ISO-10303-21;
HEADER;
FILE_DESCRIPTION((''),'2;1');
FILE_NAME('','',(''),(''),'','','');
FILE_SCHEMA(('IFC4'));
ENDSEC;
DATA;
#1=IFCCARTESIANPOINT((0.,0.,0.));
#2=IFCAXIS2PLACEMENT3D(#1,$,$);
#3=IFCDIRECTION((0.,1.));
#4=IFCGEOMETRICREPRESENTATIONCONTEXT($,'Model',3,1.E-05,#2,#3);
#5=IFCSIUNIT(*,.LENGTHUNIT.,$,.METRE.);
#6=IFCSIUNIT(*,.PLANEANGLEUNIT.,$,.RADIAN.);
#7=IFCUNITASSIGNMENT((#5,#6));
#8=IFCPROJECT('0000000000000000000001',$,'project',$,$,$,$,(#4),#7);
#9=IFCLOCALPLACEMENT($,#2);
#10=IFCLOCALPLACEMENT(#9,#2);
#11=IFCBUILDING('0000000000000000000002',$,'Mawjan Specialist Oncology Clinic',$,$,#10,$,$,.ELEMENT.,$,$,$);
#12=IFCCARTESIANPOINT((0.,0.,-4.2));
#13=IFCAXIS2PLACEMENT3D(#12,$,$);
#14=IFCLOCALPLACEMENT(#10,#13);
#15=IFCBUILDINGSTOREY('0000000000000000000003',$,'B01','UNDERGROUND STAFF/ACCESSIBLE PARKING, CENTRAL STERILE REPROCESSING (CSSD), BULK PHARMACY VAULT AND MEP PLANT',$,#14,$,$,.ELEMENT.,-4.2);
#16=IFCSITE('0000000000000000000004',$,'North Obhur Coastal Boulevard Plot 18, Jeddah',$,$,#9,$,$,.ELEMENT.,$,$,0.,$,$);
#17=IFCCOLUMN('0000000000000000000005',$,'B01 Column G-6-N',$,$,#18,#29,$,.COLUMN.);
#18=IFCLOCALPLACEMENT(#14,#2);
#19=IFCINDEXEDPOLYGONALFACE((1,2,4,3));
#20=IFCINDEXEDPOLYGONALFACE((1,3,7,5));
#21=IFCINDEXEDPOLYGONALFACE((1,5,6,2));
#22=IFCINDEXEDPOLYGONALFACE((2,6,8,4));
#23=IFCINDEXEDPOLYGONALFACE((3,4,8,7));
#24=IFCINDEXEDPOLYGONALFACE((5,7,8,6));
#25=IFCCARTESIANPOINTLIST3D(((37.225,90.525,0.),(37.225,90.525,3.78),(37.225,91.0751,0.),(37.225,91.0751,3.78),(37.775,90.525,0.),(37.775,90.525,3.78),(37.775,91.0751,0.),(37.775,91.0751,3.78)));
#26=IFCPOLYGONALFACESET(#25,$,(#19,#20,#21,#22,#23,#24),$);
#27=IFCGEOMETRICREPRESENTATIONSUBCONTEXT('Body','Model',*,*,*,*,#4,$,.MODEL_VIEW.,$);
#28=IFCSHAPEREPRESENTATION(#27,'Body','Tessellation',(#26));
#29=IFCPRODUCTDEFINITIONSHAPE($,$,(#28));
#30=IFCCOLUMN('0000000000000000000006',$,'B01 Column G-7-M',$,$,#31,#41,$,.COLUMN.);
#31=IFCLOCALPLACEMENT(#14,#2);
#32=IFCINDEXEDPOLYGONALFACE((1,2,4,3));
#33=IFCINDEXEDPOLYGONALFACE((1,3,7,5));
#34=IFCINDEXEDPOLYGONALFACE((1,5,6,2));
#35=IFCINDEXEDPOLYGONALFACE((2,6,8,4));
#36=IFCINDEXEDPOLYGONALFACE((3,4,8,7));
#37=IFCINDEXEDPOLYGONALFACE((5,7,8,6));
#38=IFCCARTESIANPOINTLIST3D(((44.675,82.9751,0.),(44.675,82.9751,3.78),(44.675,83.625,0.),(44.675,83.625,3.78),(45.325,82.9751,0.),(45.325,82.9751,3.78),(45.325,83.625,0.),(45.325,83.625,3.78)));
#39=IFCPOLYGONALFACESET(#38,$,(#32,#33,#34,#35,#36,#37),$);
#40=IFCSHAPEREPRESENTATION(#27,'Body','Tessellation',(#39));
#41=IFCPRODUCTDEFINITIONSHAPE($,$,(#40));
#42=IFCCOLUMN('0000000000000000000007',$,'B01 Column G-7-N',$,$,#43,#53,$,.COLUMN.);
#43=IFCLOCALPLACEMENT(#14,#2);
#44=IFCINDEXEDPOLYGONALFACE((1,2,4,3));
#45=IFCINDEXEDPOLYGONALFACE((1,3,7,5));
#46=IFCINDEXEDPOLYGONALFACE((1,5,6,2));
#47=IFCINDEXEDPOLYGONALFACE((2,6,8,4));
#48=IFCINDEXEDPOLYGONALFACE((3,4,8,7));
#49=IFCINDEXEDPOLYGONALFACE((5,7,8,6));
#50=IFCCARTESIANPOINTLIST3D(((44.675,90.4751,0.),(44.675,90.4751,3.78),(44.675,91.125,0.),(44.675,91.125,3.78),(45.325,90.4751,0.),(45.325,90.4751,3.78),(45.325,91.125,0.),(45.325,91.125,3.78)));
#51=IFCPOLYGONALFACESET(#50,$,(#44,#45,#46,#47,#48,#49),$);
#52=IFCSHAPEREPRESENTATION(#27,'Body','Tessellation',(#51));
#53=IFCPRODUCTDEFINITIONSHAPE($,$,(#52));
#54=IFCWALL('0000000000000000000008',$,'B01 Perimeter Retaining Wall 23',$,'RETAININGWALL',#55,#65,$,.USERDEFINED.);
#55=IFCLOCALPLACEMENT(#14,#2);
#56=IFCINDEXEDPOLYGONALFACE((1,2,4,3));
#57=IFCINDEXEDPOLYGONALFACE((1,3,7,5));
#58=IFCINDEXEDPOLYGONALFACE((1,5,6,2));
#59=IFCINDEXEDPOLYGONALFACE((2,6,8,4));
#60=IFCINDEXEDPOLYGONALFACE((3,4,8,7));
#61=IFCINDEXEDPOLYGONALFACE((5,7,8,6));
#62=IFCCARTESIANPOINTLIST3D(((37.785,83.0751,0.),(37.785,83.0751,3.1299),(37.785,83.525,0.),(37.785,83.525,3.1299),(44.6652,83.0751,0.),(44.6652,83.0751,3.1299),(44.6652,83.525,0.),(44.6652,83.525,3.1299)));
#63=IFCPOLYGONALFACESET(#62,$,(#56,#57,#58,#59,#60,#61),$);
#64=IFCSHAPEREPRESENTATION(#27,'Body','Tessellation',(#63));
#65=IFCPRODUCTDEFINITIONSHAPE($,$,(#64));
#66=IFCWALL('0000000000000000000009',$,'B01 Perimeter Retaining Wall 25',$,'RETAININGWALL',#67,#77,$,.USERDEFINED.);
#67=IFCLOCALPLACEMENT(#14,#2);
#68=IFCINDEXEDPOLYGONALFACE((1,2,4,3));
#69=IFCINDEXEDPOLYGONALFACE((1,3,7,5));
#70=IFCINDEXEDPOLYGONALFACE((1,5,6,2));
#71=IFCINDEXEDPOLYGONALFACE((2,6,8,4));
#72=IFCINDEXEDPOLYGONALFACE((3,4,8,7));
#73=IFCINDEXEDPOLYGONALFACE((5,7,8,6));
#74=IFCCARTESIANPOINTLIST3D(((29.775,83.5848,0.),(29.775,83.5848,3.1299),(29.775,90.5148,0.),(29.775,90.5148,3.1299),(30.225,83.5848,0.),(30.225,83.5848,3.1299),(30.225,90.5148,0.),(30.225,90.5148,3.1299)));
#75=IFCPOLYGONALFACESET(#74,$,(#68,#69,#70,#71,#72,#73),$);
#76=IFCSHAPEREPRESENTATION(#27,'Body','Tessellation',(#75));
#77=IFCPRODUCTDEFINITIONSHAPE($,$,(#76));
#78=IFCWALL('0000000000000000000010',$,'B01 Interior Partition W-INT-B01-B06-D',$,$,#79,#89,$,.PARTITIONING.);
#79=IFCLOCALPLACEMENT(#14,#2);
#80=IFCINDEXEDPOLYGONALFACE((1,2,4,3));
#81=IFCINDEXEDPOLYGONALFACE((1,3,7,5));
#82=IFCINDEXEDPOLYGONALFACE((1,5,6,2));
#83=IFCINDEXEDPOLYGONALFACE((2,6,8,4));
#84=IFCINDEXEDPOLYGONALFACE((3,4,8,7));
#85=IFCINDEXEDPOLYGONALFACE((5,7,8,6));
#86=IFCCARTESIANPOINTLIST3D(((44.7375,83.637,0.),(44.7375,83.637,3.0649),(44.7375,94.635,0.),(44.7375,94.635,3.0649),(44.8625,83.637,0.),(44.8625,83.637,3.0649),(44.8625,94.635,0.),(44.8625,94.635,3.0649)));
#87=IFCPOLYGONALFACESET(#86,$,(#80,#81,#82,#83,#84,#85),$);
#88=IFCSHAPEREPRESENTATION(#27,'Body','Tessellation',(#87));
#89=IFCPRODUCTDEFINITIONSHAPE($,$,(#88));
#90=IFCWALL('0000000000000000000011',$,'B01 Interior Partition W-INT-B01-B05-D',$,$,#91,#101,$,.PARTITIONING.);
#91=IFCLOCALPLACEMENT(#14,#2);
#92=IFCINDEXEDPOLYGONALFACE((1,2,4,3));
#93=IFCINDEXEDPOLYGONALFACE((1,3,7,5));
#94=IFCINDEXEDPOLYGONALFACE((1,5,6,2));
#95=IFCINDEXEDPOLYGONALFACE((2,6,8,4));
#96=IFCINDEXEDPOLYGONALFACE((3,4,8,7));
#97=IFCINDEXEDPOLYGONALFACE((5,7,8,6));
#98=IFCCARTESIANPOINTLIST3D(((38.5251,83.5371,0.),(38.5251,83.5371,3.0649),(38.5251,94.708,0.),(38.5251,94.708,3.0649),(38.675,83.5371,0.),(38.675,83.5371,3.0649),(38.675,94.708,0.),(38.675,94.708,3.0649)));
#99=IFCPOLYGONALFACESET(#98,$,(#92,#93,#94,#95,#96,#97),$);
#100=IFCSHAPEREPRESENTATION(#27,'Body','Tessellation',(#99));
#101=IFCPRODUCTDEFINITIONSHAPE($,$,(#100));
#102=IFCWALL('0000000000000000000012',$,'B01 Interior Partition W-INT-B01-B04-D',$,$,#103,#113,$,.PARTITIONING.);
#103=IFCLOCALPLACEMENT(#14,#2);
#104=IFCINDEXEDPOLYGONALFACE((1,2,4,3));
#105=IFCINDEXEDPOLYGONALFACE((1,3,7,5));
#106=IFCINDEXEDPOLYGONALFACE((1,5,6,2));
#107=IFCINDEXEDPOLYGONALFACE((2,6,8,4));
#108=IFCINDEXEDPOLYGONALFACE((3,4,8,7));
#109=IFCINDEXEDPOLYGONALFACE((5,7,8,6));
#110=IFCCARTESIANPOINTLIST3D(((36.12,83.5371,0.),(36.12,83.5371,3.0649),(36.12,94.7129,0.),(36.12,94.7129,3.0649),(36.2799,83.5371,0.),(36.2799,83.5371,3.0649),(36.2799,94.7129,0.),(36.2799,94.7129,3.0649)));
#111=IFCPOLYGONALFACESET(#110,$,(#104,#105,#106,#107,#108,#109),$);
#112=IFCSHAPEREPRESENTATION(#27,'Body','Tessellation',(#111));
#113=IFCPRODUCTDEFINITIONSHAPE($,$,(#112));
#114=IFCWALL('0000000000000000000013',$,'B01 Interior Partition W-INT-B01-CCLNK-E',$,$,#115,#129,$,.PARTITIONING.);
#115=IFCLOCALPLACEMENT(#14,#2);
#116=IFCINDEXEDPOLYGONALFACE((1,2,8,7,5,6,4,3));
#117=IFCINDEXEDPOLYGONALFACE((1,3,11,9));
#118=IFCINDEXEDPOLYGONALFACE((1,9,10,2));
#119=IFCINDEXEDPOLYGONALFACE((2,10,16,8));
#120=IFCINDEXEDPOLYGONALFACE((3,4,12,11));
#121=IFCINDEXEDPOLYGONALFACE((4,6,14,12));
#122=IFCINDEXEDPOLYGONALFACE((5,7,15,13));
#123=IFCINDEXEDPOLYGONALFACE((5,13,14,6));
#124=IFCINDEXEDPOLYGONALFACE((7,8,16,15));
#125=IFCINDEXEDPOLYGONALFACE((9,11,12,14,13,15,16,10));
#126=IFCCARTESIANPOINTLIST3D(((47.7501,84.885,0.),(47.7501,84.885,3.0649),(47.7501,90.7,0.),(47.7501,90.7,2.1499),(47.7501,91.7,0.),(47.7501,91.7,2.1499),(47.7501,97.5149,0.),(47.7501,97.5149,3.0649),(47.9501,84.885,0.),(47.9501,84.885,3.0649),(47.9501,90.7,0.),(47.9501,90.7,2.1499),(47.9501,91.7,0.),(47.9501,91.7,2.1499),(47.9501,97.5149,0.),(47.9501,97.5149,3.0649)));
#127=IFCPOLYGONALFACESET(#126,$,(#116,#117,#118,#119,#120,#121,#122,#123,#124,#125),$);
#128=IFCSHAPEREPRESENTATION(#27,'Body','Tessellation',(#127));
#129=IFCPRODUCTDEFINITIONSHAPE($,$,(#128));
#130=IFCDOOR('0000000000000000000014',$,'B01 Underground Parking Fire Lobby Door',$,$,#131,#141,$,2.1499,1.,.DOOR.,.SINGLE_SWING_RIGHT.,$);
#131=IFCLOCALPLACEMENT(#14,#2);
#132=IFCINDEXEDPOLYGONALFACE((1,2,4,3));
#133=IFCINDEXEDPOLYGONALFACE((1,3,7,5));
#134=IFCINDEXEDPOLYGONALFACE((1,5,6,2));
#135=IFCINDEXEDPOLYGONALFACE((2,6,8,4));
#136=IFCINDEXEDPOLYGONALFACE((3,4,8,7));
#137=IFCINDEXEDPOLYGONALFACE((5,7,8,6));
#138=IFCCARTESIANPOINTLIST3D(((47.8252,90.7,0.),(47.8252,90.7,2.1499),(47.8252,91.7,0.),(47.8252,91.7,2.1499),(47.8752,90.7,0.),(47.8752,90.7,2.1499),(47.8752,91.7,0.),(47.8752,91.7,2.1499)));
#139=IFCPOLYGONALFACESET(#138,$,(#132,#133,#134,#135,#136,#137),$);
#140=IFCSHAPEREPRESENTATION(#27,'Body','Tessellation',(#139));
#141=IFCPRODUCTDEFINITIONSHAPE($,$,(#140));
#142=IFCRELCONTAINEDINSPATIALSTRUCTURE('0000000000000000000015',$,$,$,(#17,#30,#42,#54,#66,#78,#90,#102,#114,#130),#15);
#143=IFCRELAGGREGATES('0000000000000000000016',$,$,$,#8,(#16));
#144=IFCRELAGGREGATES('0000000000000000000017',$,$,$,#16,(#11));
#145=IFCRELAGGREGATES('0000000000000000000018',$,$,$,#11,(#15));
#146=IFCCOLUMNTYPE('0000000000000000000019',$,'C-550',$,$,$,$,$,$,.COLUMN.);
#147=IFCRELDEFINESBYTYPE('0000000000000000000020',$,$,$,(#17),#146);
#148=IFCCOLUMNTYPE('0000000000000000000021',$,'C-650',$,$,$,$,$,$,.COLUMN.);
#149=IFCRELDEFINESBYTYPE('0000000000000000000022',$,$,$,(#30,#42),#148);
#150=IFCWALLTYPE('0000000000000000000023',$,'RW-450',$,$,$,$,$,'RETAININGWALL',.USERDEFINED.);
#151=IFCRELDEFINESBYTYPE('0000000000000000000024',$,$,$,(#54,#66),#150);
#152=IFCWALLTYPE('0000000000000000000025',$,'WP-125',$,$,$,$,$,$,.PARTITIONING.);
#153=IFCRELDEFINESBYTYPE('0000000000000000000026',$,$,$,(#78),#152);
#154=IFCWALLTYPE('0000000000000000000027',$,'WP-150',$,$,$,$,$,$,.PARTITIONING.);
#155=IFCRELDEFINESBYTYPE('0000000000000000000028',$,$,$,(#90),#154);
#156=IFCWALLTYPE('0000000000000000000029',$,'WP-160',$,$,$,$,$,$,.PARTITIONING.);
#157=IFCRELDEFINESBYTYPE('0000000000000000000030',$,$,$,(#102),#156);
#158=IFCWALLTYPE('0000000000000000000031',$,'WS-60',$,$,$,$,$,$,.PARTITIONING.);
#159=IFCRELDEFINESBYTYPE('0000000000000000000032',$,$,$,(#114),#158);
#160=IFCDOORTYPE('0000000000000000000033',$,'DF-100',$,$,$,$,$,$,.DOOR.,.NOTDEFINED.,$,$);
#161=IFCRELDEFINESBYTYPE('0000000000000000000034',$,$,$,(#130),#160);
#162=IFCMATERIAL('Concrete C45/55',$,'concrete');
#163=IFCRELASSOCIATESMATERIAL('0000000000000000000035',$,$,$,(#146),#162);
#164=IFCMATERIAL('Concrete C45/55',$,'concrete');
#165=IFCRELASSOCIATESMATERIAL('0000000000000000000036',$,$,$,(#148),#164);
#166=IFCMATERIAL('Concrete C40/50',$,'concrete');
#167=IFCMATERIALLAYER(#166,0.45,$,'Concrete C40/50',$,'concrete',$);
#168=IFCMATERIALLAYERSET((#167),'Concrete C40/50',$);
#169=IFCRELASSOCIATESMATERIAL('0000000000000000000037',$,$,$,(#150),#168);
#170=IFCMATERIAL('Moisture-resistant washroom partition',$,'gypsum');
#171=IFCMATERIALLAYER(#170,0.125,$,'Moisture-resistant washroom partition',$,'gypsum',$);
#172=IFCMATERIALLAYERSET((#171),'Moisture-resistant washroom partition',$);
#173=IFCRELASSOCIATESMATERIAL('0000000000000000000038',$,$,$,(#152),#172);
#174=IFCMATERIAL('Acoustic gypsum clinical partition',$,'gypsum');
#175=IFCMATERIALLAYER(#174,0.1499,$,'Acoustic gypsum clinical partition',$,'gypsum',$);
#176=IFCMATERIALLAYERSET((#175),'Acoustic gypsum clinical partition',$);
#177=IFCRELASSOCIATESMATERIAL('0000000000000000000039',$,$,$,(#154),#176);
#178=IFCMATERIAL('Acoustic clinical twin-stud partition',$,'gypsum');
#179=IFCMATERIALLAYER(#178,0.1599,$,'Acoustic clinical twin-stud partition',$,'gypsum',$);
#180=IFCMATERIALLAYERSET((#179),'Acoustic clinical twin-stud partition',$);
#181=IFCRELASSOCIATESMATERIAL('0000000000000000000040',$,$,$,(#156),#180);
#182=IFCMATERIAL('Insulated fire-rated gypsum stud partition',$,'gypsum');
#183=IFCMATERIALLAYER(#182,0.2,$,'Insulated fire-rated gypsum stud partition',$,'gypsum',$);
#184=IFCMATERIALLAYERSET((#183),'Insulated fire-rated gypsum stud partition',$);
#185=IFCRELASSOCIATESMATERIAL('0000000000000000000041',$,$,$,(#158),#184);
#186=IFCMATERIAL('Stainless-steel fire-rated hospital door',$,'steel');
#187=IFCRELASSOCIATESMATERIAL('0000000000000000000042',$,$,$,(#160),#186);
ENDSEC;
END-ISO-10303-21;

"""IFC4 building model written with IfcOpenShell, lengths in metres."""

from ifc_helpers import new_model, si_unit, direction, frame, frame_2d, origin, origin_2d, place, context, subcontext, project, spatial, rectangle, extrude, material, layer, layer_set, material_profile, profile_set, type_object, element, fill, save


model = new_model("IFC4")

# Units and contexts
model_context = context("Model", 3, precision=1e-05, world=origin(), true_north=direction((0.0, 1.0)))
body_context = subcontext(model_context, "Body", "Model", "MODEL_VIEW")
ifc_project = project(units=[si_unit("LENGTHUNIT", "METRE"), si_unit("PLANEANGLEUNIT", "RADIAN")], contexts=[model_context])

# Site, building, storey
site_placement = place(None, origin())
site = spatial("IfcSite", under=ifc_project, at=site_placement, Name="North Obhur Coastal Boulevard Plot 18, Jeddah", CompositionType="ELEMENT", RefElevation=0.0)
building_placement = place(site_placement, origin())
building = spatial("IfcBuilding", under=site, at=building_placement, Name="Mawjan Specialist Oncology Clinic", CompositionType="ELEMENT")
storey_placement = place(building_placement, frame((0.0, 0.0, -4.2)))
storey = spatial("IfcBuildingStorey", under=building, at=storey_placement, Name="B01", Description="UNDERGROUND STAFF/ACCESSIBLE PARKING, CENTRAL STERILE REPROCESSING (CSSD), BULK PHARMACY VAULT AND MEP PLANT", CompositionType="ELEMENT", Elevation=-4.2)

# Columns
ifc_material_1 = material(Name="Concrete C45/55", Category="concrete")
ifc_material_profile_1 = material_profile(ifc_material_1, rectangle(XDim=0.55, YDim=0.55, at=origin_2d()), Name="RC COL 550x550", Category="concrete")
ifc_profile_set_1 = profile_set([ifc_material_profile_1], Name="Concrete C45/55")
column_type_1 = type_object("IfcColumnType", Name="C-550", PredefinedType="COLUMN", material=ifc_profile_set_1)
for number, where, z_axis, x_axis, name in (
    (1, (37.5, 90.8, 0.0), (0.0, 0.0, 1.0), (1.0, 0.0, 0.0), "B01 Column G-6-N"),
):
    element("IfcColumn", number, at=place(storey_placement, frame(where, z_axis=z_axis, x_axis=x_axis)), inside=storey, type_object=column_type_1, Name=name, PredefinedType="COLUMN", context=body_context, shape_type="SweptSolid", body=[
        extrude(rectangle(XDim=0.55, YDim=0.55, at=origin_2d()), origin(), (0.0, 0.0, 1.0), 3.78),
    ])
ifc_material_2 = material(Name="Concrete C45/55", Category="concrete")
ifc_material_profile_2 = material_profile(ifc_material_2, rectangle(XDim=0.6499, YDim=0.6499, at=origin_2d()), Name="RC COL 650x650", Category="concrete")
ifc_profile_set_2 = profile_set([ifc_material_profile_2], Name="Concrete C45/55")
column_type_2 = type_object("IfcColumnType", Name="C-650", PredefinedType="COLUMN", material=ifc_profile_set_2)
for number, where, z_axis, x_axis, name in (
    (2, (45.0, 83.3, 0.0), (0.0, 0.0, 1.0), (1.0, 0.0, 0.0), "B01 Column G-7-M"),
    (3, (45.0, 90.8, 0.0), (0.0, 0.0, 1.0), (1.0, 0.0, 0.0), "B01 Column G-7-N"),
):
    element("IfcColumn", number, at=place(storey_placement, frame(where, z_axis=z_axis, x_axis=x_axis)), inside=storey, type_object=column_type_2, Name=name, PredefinedType="COLUMN", context=body_context, shape_type="SweptSolid", body=[
        extrude(rectangle(XDim=0.6499, YDim=0.6499, at=origin_2d()), origin(), (0.0, 0.0, 1.0), 3.78),
    ])

# Walls
ifc_material_3 = material(Name="Concrete C40/50", Category="concrete")
ifc_layer_1 = layer(ifc_material_3, 0.45, Name="Concrete C40/50", Category="concrete")
ifc_layer_set_1 = layer_set([ifc_layer_1], Name="Concrete C40/50")
wall_type_1 = type_object("IfcWallType", Name="RW-450", ElementType="RETAININGWALL", PredefinedType="USERDEFINED", material=ifc_layer_set_1)
wall_1_placement = place(storey_placement, frame((44.665, 83.3, 0.0), z_axis=(0.0, 0.0, 1.0), x_axis=(-1.0, 0.0, 0.0)))
element("IfcWall", 4, at=wall_1_placement, inside=storey, type_object=wall_type_1, Name="B01 Perimeter Retaining Wall 23", ObjectType="RETAININGWALL", PredefinedType="USERDEFINED", context=body_context, shape_type="SweptSolid", body=[
    extrude(rectangle(XDim=6.8801, YDim=0.45, at=frame_2d((3.4399, 0.0))), origin(), (0.0, 0.0, 1.0), 3.1299),
])
wall_2_placement = place(storey_placement, frame((30.0, 83.585, 0.0), z_axis=(0.0, 0.0, 1.0), x_axis=(0.0, 1.0, 0.0)))
element("IfcWall", 5, at=wall_2_placement, inside=storey, type_object=wall_type_1, Name="B01 Perimeter Retaining Wall 25", ObjectType="RETAININGWALL", PredefinedType="USERDEFINED", context=body_context, shape_type="SweptSolid", body=[
    extrude(rectangle(XDim=6.9299, YDim=0.45, at=frame_2d((3.4648, 0.0))), origin(), (0.0, 0.0, 1.0), 3.1299),
])
ifc_material_4 = material(Name="Moisture-resistant washroom partition", Category="gypsum")
ifc_layer_2 = layer(ifc_material_4, 0.125, Name="Moisture-resistant washroom partition", Category="gypsum")
ifc_layer_set_2 = layer_set([ifc_layer_2], Name="Moisture-resistant washroom partition")
wall_type_2 = type_object("IfcWallType", Name="WP-125", PredefinedType="PARTITIONING", material=ifc_layer_set_2)
wall_3_placement = place(storey_placement, frame((44.8, 83.637, 0.0), z_axis=(0.0, 0.0, 1.0), x_axis=(0.0, 1.0, 0.0)))
element("IfcWall", 6, at=wall_3_placement, inside=storey, type_object=wall_type_2, Name="B01 Interior Partition W-INT-B01-B06-D", PredefinedType="PARTITIONING", context=body_context, shape_type="SweptSolid", body=[
    extrude(rectangle(XDim=10.998, YDim=0.125, at=frame_2d((5.499, 0.0))), origin(), (0.0, 0.0, 1.0), 3.0649),
])
ifc_material_5 = material(Name="Acoustic gypsum clinical partition", Category="gypsum")
ifc_layer_3 = layer(ifc_material_5, 0.1499, Name="Acoustic gypsum clinical partition", Category="gypsum")
ifc_layer_set_3 = layer_set([ifc_layer_3], Name="Acoustic gypsum clinical partition")
wall_type_3 = type_object("IfcWallType", Name="WP-150", PredefinedType="PARTITIONING", material=ifc_layer_set_3)
wall_4_placement = place(storey_placement, frame((38.6001, 83.5371, 0.0), z_axis=(0.0, 0.0, 1.0), x_axis=(0.0, 1.0, 0.0)))
element("IfcWall", 7, at=wall_4_placement, inside=storey, type_object=wall_type_3, Name="B01 Interior Partition W-INT-B01-B05-D", PredefinedType="PARTITIONING", context=body_context, shape_type="SweptSolid", body=[
    extrude(rectangle(XDim=11.1709, YDim=0.1499, at=frame_2d((5.5854, 0.0))), origin(), (0.0, 0.0, 1.0), 3.0649),
])
ifc_material_6 = material(Name="Acoustic clinical twin-stud partition", Category="gypsum")
ifc_layer_4 = layer(ifc_material_6, 0.1599, Name="Acoustic clinical twin-stud partition", Category="gypsum")
ifc_layer_set_4 = layer_set([ifc_layer_4], Name="Acoustic clinical twin-stud partition")
wall_type_4 = type_object("IfcWallType", Name="WP-160", PredefinedType="PARTITIONING", material=ifc_layer_set_4)
wall_5_placement = place(storey_placement, frame((36.2, 83.5371, 0.0), z_axis=(0.0, 0.0, 1.0), x_axis=(0.0, 1.0, 0.0)))
element("IfcWall", 8, at=wall_5_placement, inside=storey, type_object=wall_type_4, Name="B01 Interior Partition W-INT-B01-B04-D", PredefinedType="PARTITIONING", context=body_context, shape_type="SweptSolid", body=[
    extrude(rectangle(XDim=11.1758, YDim=0.1599, at=frame_2d((5.5879, 0.0))), origin(), (0.0, 0.0, 1.0), 3.0649),
])

# Wall, opening, door
ifc_material_7 = material(Name="Insulated fire-rated gypsum stud partition", Category="gypsum")
ifc_layer_5 = layer(ifc_material_7, 0.2, Name="Insulated fire-rated gypsum stud partition", Category="gypsum")
ifc_layer_set_5 = layer_set([ifc_layer_5], Name="Insulated fire-rated gypsum stud partition")
wall_type_5 = type_object("IfcWallType", Name="WS-60", PredefinedType="PARTITIONING", material=ifc_layer_set_5)
wall_6_placement = place(storey_placement, frame((47.8501, 84.885, 0.0), z_axis=(0.0, 0.0, 1.0), x_axis=(0.0, 1.0, 0.0)))
wall_6 = element("IfcWall", 9, at=wall_6_placement, inside=storey, type_object=wall_type_5, Name="B01 Interior Partition W-INT-B01-CCLNK-E", PredefinedType="PARTITIONING", context=body_context, shape_type="SweptSolid", body=[
    extrude(rectangle(XDim=12.6299, YDim=0.2, at=frame_2d((6.3149, 0.0))), origin(), (0.0, 0.0, 1.0), 3.0649),
])
opening_placement = place(wall_6_placement, frame((5.8149, 0.0, 0.0)))
opening = element("IfcOpeningElement", 10, at=opening_placement, cuts=wall_6, PredefinedType="OPENING", context=body_context, shape_type="SweptSolid", body=[
    extrude(rectangle(XDim=1.0, YDim=2.1499, at=frame_2d((0.5, 1.075))), frame((0.0, 0.1121, 0.0), z_axis=(0.0, -1.0, 0.0), x_axis=(1.0, 0.0, 0.0)), (0.0, 0.0, 1.0), 0.2239),
])
ifc_material_8 = material(Name="Stainless-steel fire-rated hospital door", Category="steel")
door_type = type_object("IfcDoorType", Name="DF-100", OperationType="NOTDEFINED", PredefinedType="DOOR", material=ifc_material_8)
door_placement = place(opening_placement, origin())
door = element("IfcDoor", 11, at=door_placement, inside=storey, type_object=door_type, Name="B01 Underground Parking Fire Lobby Door", OperationType="SINGLE_SWING_RIGHT", OverallHeight=2.1499, OverallWidth=1.0, PredefinedType="DOOR", context=body_context, shape_type="SweptSolid", body=[
    extrude(rectangle(XDim=1.0, YDim=2.1499, at=frame_2d((0.5, 1.075))), frame((0.0, 0.0249, 0.0), z_axis=(0.0, -1.0, 0.0), x_axis=(1.0, 0.0, 0.0)), (0.0, 0.0, 1.0), 0.05),
])
fill(opening, door)

save(model, "model.ifc")
